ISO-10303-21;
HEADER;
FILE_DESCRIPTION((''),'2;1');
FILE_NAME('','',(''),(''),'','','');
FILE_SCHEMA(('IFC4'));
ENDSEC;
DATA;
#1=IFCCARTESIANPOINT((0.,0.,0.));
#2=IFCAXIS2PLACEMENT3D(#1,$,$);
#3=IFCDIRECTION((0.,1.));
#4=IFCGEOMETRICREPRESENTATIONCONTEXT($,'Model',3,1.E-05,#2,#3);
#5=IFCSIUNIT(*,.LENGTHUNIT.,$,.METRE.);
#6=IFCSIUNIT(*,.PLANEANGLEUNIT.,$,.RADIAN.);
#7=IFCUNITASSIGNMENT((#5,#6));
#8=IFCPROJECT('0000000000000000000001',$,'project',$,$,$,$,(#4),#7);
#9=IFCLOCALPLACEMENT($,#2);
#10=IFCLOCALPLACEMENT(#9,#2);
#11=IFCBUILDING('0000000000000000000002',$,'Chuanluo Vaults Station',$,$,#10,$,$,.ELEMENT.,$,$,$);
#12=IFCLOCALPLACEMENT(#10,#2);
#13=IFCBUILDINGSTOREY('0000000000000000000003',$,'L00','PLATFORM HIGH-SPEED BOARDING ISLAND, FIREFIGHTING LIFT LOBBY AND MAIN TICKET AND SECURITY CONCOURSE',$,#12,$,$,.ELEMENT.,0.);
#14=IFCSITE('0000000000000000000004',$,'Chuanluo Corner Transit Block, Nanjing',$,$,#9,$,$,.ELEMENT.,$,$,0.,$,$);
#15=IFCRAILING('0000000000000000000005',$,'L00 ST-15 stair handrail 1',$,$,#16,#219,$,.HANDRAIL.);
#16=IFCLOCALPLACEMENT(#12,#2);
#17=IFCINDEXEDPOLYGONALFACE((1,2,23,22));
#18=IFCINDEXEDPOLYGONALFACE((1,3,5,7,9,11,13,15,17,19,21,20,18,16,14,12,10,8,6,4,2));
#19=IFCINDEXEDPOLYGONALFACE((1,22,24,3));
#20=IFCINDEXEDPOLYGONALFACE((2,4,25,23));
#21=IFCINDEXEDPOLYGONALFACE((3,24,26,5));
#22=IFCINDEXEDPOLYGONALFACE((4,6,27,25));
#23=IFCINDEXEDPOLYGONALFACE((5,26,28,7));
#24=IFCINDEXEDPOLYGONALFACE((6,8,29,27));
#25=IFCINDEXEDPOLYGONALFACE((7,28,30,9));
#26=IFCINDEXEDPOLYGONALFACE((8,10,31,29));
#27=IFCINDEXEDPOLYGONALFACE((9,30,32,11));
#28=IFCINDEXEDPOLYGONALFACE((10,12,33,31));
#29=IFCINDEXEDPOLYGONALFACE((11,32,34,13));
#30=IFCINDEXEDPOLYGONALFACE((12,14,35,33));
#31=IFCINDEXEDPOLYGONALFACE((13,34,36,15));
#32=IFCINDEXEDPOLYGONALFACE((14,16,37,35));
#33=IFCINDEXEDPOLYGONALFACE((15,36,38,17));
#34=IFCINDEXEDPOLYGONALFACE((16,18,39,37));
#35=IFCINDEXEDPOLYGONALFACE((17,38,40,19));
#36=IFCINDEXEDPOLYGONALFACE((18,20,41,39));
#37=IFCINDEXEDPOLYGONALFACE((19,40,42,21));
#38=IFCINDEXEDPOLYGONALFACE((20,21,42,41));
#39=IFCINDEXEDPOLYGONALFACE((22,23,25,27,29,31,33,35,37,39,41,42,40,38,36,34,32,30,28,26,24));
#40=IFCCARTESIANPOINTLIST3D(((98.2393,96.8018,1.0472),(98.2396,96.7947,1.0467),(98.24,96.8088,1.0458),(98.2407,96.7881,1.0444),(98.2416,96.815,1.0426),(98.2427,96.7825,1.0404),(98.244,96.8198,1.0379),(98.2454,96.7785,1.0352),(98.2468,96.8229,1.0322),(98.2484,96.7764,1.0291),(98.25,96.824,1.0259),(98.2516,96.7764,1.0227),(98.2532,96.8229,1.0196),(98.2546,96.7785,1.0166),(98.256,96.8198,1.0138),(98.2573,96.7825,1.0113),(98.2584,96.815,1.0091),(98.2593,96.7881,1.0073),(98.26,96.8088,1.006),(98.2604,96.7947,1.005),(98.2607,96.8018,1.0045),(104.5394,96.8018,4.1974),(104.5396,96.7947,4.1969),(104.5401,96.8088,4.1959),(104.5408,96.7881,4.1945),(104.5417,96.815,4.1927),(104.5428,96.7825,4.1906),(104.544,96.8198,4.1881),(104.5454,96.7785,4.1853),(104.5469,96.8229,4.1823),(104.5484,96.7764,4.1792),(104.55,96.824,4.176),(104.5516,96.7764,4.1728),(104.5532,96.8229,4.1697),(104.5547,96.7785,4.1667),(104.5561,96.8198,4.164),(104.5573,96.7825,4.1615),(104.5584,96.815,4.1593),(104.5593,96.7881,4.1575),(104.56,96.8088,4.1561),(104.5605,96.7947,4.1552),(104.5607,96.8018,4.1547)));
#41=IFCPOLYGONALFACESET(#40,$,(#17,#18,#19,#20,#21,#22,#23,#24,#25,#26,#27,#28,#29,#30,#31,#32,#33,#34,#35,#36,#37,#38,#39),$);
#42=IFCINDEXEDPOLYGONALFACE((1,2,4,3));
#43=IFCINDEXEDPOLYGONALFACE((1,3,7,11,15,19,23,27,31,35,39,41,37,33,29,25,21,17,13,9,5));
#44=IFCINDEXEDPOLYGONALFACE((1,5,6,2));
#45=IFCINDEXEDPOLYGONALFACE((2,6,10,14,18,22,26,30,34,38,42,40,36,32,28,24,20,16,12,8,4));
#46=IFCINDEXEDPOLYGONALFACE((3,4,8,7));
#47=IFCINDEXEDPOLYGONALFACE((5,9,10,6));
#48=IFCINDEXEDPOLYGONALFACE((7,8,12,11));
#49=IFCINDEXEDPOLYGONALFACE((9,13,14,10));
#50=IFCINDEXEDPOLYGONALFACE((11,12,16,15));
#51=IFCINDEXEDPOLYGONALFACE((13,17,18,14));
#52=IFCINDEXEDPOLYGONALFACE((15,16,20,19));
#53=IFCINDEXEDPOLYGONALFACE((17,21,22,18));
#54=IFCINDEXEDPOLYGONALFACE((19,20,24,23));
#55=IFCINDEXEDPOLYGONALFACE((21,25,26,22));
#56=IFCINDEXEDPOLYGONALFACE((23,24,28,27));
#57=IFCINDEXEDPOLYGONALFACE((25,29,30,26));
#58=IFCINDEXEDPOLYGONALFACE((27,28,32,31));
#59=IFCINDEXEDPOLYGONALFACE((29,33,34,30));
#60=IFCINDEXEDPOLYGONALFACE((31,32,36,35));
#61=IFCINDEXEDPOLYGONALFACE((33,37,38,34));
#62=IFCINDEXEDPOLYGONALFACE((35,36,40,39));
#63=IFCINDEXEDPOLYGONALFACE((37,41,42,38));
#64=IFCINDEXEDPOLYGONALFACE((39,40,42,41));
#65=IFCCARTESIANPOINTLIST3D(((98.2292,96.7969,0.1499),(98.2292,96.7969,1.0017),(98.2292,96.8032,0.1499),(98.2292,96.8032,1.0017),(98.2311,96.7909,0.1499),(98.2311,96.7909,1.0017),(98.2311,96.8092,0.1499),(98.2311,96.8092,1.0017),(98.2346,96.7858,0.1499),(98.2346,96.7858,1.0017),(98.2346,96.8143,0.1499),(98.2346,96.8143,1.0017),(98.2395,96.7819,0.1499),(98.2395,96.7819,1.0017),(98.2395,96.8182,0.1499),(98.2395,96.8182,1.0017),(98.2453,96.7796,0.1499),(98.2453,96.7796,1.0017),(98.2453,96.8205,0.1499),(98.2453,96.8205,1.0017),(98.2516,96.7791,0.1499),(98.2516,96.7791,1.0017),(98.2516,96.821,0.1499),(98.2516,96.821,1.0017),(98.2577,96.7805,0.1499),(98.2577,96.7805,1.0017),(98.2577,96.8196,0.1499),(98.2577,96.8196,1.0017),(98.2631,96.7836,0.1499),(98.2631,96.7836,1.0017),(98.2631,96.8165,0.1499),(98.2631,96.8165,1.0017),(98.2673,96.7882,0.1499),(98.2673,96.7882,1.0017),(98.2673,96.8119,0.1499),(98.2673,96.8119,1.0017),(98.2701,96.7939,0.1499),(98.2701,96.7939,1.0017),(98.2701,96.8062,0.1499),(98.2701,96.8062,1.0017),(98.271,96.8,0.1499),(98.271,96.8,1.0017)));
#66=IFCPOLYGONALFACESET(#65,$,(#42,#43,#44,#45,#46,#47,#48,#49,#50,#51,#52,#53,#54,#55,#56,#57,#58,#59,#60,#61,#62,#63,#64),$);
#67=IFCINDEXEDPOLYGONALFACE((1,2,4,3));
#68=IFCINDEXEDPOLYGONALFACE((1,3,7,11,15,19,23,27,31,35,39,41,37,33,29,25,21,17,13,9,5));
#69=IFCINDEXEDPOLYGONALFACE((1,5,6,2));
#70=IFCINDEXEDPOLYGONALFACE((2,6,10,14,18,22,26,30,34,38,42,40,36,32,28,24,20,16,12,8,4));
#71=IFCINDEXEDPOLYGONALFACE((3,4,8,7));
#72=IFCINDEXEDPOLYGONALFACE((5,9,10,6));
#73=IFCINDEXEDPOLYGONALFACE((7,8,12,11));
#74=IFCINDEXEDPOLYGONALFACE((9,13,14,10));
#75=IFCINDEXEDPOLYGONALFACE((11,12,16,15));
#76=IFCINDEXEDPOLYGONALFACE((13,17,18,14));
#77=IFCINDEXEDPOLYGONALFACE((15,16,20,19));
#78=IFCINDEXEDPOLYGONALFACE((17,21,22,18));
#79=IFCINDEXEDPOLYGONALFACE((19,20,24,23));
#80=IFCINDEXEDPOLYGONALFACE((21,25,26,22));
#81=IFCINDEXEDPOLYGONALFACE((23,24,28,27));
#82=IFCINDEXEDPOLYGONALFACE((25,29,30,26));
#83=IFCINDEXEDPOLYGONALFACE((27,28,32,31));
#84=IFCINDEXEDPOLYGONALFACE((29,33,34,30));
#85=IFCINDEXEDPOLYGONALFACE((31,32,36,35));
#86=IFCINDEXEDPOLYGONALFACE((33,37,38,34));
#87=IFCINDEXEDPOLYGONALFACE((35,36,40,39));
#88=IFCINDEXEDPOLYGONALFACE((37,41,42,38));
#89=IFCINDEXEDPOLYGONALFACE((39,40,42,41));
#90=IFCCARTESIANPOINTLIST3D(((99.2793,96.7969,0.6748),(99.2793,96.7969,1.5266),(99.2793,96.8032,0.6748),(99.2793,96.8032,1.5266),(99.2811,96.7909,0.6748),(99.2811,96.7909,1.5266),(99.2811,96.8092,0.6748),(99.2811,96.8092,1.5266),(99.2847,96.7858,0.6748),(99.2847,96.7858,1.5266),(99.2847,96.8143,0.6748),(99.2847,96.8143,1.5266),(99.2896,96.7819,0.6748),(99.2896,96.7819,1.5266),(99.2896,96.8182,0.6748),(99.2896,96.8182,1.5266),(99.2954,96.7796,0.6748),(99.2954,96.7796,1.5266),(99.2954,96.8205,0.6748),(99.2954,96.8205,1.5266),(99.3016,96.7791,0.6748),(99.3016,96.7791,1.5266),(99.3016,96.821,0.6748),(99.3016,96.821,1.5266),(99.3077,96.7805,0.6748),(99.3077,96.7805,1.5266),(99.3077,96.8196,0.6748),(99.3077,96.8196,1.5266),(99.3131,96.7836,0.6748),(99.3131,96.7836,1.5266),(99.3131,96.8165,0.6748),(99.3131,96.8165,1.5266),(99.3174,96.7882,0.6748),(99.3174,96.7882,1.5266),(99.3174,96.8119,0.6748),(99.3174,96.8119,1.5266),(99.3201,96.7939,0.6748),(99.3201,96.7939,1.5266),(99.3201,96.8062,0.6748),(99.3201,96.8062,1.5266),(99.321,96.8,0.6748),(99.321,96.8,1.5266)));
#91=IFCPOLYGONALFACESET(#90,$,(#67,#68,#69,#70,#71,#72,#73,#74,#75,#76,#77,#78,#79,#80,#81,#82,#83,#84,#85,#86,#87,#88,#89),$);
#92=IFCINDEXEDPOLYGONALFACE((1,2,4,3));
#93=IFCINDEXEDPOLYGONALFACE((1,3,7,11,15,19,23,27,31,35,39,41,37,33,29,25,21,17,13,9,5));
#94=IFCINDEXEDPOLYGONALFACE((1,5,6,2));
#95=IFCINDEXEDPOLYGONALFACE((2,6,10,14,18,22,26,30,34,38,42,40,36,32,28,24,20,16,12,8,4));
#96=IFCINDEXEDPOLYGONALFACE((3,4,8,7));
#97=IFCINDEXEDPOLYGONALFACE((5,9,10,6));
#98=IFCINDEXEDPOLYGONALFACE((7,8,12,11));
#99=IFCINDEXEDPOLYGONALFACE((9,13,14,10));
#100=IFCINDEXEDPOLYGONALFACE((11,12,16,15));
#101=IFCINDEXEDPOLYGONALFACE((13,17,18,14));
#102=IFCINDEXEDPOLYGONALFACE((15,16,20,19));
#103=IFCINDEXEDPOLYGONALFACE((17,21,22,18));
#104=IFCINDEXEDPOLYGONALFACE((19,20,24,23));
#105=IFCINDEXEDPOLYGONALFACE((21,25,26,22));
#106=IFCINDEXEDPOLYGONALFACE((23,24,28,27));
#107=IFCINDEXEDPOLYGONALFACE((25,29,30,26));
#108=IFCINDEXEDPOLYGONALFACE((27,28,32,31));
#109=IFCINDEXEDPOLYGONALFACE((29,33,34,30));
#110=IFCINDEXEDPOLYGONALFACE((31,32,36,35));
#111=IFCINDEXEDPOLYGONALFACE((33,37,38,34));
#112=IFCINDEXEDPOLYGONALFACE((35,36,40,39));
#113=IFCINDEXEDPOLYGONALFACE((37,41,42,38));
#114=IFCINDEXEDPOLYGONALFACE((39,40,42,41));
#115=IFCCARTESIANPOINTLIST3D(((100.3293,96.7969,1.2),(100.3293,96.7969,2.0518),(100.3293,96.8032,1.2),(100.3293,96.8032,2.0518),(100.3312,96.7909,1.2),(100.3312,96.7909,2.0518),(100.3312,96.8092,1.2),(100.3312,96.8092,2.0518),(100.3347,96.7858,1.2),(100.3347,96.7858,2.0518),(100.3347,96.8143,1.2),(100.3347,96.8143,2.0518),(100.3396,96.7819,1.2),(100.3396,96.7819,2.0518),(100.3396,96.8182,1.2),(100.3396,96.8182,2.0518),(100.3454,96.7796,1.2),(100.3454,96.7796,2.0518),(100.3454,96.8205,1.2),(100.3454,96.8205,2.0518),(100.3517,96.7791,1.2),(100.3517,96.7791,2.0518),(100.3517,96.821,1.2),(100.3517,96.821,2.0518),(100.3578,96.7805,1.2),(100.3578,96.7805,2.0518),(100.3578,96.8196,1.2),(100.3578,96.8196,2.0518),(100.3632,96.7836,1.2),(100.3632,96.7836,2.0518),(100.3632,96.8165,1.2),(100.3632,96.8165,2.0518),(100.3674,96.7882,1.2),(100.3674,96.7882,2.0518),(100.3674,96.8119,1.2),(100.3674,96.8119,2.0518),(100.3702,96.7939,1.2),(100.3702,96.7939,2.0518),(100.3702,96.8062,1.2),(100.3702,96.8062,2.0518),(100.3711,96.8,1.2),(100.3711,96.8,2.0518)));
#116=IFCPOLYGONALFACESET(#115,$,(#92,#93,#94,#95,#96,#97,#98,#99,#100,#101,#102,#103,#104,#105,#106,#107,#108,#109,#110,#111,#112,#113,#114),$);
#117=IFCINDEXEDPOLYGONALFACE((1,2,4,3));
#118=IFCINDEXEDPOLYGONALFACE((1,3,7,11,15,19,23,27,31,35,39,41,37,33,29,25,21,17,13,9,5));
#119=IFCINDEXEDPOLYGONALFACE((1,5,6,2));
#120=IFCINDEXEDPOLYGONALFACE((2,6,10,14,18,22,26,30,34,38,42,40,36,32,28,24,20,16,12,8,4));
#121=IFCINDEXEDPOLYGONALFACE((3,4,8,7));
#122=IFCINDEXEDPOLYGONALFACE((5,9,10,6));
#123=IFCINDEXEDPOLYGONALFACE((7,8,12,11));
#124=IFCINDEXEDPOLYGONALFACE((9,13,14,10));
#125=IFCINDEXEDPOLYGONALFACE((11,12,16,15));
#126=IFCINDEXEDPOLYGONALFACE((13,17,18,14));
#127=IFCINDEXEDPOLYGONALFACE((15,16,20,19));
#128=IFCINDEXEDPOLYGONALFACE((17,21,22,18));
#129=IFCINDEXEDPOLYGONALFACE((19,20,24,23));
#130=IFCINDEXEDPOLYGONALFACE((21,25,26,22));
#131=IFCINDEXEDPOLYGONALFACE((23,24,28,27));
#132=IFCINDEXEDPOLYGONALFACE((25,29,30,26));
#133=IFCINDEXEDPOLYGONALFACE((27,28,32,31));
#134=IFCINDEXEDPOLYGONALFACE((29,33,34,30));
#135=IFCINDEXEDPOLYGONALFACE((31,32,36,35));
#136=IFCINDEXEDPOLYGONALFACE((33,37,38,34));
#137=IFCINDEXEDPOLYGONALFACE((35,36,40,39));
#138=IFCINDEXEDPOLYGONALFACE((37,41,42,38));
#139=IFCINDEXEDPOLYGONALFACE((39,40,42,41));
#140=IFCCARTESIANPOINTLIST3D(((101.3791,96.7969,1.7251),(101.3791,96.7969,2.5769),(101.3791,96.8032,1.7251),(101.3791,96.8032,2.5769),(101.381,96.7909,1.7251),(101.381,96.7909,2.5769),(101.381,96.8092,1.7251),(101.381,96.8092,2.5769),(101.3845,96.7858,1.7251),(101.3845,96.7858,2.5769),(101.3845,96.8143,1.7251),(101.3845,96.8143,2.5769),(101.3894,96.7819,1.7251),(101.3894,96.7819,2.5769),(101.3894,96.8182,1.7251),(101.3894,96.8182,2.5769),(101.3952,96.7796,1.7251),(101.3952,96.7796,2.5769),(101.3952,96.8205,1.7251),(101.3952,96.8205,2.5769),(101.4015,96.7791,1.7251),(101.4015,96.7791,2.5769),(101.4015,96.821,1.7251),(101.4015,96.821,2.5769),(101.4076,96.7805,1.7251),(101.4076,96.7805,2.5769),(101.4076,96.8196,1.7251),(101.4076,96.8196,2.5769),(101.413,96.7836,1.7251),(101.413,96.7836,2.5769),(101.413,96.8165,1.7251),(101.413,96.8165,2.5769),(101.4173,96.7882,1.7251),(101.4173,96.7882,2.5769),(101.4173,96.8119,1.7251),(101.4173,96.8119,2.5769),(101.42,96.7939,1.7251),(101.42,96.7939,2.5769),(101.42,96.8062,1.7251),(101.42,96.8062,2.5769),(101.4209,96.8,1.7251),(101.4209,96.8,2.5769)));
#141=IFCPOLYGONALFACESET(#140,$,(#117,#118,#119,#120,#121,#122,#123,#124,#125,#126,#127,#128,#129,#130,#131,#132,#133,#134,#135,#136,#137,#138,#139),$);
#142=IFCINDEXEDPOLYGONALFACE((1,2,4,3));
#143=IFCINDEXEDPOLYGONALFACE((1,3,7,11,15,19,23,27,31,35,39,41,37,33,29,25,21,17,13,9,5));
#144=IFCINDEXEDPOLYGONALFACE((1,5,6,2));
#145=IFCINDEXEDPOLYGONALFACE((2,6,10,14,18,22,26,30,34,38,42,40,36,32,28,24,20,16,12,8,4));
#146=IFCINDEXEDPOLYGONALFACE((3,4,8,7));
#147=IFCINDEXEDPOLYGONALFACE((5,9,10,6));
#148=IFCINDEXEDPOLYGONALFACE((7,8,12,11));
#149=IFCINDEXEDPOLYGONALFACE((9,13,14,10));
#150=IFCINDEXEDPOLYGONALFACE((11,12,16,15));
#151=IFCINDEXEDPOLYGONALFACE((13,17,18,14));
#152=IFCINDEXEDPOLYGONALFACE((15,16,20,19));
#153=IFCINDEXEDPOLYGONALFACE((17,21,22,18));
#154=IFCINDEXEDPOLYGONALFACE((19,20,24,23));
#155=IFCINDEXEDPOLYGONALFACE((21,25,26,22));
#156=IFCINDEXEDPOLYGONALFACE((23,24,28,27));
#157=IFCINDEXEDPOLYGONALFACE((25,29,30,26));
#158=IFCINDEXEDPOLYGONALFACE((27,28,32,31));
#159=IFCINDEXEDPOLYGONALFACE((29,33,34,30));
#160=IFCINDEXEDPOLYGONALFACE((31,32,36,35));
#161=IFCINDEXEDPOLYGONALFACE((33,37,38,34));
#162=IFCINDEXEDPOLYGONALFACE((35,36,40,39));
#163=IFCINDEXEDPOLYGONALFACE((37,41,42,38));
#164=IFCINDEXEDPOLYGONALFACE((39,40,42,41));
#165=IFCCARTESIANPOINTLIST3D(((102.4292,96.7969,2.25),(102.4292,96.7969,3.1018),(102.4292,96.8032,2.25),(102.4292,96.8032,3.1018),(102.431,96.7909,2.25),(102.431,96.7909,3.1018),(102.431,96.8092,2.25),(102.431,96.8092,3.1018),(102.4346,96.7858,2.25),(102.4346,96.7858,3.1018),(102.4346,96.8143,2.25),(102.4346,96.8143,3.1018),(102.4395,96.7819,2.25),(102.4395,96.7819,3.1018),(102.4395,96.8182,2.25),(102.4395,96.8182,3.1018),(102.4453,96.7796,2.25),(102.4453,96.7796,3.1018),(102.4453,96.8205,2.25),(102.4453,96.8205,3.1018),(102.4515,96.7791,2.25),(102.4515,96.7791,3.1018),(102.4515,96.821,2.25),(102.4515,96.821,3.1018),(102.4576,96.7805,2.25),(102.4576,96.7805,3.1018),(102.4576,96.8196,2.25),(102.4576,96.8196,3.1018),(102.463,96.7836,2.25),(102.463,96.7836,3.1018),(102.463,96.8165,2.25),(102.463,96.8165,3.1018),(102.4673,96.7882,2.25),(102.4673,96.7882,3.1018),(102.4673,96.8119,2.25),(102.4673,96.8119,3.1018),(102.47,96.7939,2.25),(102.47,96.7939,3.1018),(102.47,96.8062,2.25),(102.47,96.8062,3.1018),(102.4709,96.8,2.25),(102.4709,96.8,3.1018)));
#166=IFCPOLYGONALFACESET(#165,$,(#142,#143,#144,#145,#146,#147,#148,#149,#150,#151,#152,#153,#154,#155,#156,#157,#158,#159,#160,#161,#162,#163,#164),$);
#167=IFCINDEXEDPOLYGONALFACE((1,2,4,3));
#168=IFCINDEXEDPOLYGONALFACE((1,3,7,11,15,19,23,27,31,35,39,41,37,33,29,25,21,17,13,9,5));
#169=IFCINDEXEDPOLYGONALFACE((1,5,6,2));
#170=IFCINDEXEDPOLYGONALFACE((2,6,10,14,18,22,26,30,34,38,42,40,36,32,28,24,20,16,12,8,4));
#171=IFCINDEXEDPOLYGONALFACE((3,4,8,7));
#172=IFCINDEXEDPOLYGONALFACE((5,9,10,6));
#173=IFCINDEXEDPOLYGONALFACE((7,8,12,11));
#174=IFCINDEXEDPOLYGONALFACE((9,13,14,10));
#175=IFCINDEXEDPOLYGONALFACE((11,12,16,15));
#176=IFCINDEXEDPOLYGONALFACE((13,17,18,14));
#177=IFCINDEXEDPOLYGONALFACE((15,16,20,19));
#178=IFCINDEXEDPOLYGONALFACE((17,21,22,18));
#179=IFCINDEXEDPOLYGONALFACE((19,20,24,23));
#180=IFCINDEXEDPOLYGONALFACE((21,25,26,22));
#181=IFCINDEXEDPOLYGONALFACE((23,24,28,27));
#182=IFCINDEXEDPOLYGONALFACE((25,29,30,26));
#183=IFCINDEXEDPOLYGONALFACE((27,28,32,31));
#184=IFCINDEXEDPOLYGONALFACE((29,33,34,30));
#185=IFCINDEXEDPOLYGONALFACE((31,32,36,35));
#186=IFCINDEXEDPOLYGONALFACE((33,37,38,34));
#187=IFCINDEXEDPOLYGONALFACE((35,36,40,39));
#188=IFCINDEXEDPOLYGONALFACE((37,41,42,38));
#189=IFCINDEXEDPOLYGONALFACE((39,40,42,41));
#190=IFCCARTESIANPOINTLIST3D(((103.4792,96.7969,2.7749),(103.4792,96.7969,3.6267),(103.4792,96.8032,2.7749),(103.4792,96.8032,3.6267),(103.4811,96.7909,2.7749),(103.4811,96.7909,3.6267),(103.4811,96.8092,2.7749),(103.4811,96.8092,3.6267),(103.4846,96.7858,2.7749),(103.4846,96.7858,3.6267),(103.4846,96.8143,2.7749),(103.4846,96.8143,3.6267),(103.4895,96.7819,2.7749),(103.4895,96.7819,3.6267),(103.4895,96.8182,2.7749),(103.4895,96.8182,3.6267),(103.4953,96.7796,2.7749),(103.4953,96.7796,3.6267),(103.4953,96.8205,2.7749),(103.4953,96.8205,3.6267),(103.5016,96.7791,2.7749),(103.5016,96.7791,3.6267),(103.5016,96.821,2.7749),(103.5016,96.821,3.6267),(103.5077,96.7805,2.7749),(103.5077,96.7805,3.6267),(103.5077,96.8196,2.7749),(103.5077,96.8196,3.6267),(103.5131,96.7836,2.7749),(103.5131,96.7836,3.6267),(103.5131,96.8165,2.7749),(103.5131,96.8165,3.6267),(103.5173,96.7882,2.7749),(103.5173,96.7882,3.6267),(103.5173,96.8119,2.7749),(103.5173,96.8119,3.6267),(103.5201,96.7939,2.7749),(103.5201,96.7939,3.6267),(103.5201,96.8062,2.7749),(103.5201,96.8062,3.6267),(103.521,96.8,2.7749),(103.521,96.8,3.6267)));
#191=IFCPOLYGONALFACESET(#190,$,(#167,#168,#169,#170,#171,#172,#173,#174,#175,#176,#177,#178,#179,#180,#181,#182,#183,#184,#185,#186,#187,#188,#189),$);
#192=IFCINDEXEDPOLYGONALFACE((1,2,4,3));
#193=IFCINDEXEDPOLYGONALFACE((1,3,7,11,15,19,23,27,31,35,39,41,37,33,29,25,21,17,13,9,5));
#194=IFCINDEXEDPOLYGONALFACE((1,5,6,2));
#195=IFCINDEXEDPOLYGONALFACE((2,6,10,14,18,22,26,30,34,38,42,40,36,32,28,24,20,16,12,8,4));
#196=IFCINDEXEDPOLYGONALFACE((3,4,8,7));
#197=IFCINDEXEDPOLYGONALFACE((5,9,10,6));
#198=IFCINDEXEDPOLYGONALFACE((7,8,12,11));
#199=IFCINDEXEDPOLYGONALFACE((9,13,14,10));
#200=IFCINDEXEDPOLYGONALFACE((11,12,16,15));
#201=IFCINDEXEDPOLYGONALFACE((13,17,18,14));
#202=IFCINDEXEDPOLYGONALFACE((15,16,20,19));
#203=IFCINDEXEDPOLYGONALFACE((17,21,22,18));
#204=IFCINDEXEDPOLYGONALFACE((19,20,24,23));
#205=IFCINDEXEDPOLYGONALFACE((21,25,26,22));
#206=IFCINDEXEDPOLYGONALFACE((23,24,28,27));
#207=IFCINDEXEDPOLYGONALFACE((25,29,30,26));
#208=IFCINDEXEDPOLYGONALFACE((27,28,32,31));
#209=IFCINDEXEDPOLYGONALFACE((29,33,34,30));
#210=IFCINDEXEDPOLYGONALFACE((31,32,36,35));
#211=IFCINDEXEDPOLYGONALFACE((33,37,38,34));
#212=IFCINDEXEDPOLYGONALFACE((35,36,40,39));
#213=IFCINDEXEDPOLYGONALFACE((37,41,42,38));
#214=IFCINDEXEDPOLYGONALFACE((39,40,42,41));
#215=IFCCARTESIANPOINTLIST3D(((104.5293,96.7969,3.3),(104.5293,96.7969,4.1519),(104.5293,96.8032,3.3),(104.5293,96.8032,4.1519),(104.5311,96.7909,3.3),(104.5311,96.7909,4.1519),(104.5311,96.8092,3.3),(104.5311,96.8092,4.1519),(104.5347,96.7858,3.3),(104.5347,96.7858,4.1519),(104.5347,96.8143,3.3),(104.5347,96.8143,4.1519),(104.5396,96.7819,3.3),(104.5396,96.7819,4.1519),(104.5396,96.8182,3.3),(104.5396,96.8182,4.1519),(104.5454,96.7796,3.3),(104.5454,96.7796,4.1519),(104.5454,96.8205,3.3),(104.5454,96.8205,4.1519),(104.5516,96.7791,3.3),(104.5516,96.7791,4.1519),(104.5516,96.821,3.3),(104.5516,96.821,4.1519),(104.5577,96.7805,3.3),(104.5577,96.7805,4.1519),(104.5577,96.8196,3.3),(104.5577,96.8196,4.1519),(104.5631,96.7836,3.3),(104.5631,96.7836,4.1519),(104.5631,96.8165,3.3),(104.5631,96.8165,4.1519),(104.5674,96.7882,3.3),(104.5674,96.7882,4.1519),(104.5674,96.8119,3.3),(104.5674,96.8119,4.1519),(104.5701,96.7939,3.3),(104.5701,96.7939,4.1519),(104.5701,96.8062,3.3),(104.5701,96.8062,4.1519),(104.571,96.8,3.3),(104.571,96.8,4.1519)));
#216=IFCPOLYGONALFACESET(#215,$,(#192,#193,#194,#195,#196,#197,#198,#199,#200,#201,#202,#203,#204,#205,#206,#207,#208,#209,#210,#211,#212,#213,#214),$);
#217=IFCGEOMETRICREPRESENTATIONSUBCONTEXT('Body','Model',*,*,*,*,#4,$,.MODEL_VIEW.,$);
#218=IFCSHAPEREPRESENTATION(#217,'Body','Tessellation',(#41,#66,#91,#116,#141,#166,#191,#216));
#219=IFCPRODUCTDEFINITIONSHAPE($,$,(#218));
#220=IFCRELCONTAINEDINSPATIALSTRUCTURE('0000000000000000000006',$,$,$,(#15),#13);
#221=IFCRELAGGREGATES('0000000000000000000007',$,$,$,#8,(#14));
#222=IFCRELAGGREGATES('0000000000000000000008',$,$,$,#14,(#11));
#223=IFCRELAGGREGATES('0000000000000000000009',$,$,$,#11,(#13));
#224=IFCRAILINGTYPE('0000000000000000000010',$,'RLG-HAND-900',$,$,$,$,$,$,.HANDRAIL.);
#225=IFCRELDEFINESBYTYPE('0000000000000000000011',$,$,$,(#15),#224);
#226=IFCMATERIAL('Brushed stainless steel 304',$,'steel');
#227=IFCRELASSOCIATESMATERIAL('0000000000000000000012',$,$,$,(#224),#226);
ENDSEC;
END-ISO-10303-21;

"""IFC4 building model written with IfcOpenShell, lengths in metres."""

from ifc_helpers import new_model, si_unit, direction, frame, origin, origin_2d, place, context, subcontext, project, spatial, circle, extrude, material, type_object, element, save


model = new_model("IFC4")

# Units and contexts
model_context = context("Model", 3, precision=1e-05, world=origin(), true_north=direction((0.0, 1.0)))
body_context = subcontext(model_context, "Body", "Model", "MODEL_VIEW")
ifc_project = project(units=[si_unit("LENGTHUNIT", "METRE"), si_unit("PLANEANGLEUNIT", "RADIAN")], contexts=[model_context])

# Site, building, storey
site_placement = place(None, origin())
site = spatial("IfcSite", under=ifc_project, at=site_placement, Name="Chuanluo Corner Transit Block, Nanjing", CompositionType="ELEMENT", RefElevation=0.0)
building_placement = place(site_placement, origin())
building = spatial("IfcBuilding", under=site, at=building_placement, Name="Chuanluo Vaults Station", CompositionType="ELEMENT")
storey_placement = place(building_placement, origin())
storey = spatial("IfcBuildingStorey", under=building, at=storey_placement, Name="L00", Description="PLATFORM HIGH-SPEED BOARDING ISLAND, FIREFIGHTING LIFT LOBBY AND MAIN TICKET AND SECURITY CONCOURSE", CompositionType="ELEMENT", Elevation=0.0)

# Railing
ifc_material_1 = material(Name="Brushed stainless steel 304", Category="steel")
railing_type_1 = type_object("IfcRailingType", Name="RLG-HAND-900", PredefinedType="HANDRAIL", material=ifc_material_1)
railing_1_placement = place(storey_placement, frame((98.25, 96.8, 0.1499)))
element("IfcRailing", 1, at=railing_1_placement, inside=storey, type_object=railing_type_1, Name="L00 ST-15 stair handrail 1", PredefinedType="HANDRAIL", context=body_context, shape_type="SweptSolid", body=[
    extrude(circle(Radius=0.0239, at=origin_2d()), frame((0.0, 0.0, 0.876), z_axis=(0.89442, 0.0, 0.447227), x_axis=(0.0, 1.0, 0.0)), (0.0, 0.0, 1.0), 7.0437),
    extrude(circle(Radius=0.021, at=origin_2d()), origin(), (0.0, 0.0, 1.0), 0.8518),
    extrude(circle(Radius=0.021, at=origin_2d()), frame((1.05, 0.0, 0.5249)), (0.0, 0.0, 1.0), 0.8518),
    extrude(circle(Radius=0.021, at=origin_2d()), frame((2.1001, 0.0, 1.05)), (0.0, 0.0, 1.0), 0.8518),
    extrude(circle(Radius=0.021, at=origin_2d()), frame((3.1499, 0.0, 1.5752)), (0.0, 0.0, 1.0), 0.8518),
    extrude(circle(Radius=0.021, at=origin_2d()), frame((4.2, 0.0, 2.1001)), (0.0, 0.0, 1.0), 0.8518),
    extrude(circle(Radius=0.021, at=origin_2d()), frame((5.25, 0.0, 2.625)), (0.0, 0.0, 1.0), 0.8518),
    extrude(circle(Radius=0.021, at=origin_2d()), frame((6.3, 0.0, 3.1501)), (0.0, 0.0, 1.0), 0.8518),
])

save(model, "model.ifc")
